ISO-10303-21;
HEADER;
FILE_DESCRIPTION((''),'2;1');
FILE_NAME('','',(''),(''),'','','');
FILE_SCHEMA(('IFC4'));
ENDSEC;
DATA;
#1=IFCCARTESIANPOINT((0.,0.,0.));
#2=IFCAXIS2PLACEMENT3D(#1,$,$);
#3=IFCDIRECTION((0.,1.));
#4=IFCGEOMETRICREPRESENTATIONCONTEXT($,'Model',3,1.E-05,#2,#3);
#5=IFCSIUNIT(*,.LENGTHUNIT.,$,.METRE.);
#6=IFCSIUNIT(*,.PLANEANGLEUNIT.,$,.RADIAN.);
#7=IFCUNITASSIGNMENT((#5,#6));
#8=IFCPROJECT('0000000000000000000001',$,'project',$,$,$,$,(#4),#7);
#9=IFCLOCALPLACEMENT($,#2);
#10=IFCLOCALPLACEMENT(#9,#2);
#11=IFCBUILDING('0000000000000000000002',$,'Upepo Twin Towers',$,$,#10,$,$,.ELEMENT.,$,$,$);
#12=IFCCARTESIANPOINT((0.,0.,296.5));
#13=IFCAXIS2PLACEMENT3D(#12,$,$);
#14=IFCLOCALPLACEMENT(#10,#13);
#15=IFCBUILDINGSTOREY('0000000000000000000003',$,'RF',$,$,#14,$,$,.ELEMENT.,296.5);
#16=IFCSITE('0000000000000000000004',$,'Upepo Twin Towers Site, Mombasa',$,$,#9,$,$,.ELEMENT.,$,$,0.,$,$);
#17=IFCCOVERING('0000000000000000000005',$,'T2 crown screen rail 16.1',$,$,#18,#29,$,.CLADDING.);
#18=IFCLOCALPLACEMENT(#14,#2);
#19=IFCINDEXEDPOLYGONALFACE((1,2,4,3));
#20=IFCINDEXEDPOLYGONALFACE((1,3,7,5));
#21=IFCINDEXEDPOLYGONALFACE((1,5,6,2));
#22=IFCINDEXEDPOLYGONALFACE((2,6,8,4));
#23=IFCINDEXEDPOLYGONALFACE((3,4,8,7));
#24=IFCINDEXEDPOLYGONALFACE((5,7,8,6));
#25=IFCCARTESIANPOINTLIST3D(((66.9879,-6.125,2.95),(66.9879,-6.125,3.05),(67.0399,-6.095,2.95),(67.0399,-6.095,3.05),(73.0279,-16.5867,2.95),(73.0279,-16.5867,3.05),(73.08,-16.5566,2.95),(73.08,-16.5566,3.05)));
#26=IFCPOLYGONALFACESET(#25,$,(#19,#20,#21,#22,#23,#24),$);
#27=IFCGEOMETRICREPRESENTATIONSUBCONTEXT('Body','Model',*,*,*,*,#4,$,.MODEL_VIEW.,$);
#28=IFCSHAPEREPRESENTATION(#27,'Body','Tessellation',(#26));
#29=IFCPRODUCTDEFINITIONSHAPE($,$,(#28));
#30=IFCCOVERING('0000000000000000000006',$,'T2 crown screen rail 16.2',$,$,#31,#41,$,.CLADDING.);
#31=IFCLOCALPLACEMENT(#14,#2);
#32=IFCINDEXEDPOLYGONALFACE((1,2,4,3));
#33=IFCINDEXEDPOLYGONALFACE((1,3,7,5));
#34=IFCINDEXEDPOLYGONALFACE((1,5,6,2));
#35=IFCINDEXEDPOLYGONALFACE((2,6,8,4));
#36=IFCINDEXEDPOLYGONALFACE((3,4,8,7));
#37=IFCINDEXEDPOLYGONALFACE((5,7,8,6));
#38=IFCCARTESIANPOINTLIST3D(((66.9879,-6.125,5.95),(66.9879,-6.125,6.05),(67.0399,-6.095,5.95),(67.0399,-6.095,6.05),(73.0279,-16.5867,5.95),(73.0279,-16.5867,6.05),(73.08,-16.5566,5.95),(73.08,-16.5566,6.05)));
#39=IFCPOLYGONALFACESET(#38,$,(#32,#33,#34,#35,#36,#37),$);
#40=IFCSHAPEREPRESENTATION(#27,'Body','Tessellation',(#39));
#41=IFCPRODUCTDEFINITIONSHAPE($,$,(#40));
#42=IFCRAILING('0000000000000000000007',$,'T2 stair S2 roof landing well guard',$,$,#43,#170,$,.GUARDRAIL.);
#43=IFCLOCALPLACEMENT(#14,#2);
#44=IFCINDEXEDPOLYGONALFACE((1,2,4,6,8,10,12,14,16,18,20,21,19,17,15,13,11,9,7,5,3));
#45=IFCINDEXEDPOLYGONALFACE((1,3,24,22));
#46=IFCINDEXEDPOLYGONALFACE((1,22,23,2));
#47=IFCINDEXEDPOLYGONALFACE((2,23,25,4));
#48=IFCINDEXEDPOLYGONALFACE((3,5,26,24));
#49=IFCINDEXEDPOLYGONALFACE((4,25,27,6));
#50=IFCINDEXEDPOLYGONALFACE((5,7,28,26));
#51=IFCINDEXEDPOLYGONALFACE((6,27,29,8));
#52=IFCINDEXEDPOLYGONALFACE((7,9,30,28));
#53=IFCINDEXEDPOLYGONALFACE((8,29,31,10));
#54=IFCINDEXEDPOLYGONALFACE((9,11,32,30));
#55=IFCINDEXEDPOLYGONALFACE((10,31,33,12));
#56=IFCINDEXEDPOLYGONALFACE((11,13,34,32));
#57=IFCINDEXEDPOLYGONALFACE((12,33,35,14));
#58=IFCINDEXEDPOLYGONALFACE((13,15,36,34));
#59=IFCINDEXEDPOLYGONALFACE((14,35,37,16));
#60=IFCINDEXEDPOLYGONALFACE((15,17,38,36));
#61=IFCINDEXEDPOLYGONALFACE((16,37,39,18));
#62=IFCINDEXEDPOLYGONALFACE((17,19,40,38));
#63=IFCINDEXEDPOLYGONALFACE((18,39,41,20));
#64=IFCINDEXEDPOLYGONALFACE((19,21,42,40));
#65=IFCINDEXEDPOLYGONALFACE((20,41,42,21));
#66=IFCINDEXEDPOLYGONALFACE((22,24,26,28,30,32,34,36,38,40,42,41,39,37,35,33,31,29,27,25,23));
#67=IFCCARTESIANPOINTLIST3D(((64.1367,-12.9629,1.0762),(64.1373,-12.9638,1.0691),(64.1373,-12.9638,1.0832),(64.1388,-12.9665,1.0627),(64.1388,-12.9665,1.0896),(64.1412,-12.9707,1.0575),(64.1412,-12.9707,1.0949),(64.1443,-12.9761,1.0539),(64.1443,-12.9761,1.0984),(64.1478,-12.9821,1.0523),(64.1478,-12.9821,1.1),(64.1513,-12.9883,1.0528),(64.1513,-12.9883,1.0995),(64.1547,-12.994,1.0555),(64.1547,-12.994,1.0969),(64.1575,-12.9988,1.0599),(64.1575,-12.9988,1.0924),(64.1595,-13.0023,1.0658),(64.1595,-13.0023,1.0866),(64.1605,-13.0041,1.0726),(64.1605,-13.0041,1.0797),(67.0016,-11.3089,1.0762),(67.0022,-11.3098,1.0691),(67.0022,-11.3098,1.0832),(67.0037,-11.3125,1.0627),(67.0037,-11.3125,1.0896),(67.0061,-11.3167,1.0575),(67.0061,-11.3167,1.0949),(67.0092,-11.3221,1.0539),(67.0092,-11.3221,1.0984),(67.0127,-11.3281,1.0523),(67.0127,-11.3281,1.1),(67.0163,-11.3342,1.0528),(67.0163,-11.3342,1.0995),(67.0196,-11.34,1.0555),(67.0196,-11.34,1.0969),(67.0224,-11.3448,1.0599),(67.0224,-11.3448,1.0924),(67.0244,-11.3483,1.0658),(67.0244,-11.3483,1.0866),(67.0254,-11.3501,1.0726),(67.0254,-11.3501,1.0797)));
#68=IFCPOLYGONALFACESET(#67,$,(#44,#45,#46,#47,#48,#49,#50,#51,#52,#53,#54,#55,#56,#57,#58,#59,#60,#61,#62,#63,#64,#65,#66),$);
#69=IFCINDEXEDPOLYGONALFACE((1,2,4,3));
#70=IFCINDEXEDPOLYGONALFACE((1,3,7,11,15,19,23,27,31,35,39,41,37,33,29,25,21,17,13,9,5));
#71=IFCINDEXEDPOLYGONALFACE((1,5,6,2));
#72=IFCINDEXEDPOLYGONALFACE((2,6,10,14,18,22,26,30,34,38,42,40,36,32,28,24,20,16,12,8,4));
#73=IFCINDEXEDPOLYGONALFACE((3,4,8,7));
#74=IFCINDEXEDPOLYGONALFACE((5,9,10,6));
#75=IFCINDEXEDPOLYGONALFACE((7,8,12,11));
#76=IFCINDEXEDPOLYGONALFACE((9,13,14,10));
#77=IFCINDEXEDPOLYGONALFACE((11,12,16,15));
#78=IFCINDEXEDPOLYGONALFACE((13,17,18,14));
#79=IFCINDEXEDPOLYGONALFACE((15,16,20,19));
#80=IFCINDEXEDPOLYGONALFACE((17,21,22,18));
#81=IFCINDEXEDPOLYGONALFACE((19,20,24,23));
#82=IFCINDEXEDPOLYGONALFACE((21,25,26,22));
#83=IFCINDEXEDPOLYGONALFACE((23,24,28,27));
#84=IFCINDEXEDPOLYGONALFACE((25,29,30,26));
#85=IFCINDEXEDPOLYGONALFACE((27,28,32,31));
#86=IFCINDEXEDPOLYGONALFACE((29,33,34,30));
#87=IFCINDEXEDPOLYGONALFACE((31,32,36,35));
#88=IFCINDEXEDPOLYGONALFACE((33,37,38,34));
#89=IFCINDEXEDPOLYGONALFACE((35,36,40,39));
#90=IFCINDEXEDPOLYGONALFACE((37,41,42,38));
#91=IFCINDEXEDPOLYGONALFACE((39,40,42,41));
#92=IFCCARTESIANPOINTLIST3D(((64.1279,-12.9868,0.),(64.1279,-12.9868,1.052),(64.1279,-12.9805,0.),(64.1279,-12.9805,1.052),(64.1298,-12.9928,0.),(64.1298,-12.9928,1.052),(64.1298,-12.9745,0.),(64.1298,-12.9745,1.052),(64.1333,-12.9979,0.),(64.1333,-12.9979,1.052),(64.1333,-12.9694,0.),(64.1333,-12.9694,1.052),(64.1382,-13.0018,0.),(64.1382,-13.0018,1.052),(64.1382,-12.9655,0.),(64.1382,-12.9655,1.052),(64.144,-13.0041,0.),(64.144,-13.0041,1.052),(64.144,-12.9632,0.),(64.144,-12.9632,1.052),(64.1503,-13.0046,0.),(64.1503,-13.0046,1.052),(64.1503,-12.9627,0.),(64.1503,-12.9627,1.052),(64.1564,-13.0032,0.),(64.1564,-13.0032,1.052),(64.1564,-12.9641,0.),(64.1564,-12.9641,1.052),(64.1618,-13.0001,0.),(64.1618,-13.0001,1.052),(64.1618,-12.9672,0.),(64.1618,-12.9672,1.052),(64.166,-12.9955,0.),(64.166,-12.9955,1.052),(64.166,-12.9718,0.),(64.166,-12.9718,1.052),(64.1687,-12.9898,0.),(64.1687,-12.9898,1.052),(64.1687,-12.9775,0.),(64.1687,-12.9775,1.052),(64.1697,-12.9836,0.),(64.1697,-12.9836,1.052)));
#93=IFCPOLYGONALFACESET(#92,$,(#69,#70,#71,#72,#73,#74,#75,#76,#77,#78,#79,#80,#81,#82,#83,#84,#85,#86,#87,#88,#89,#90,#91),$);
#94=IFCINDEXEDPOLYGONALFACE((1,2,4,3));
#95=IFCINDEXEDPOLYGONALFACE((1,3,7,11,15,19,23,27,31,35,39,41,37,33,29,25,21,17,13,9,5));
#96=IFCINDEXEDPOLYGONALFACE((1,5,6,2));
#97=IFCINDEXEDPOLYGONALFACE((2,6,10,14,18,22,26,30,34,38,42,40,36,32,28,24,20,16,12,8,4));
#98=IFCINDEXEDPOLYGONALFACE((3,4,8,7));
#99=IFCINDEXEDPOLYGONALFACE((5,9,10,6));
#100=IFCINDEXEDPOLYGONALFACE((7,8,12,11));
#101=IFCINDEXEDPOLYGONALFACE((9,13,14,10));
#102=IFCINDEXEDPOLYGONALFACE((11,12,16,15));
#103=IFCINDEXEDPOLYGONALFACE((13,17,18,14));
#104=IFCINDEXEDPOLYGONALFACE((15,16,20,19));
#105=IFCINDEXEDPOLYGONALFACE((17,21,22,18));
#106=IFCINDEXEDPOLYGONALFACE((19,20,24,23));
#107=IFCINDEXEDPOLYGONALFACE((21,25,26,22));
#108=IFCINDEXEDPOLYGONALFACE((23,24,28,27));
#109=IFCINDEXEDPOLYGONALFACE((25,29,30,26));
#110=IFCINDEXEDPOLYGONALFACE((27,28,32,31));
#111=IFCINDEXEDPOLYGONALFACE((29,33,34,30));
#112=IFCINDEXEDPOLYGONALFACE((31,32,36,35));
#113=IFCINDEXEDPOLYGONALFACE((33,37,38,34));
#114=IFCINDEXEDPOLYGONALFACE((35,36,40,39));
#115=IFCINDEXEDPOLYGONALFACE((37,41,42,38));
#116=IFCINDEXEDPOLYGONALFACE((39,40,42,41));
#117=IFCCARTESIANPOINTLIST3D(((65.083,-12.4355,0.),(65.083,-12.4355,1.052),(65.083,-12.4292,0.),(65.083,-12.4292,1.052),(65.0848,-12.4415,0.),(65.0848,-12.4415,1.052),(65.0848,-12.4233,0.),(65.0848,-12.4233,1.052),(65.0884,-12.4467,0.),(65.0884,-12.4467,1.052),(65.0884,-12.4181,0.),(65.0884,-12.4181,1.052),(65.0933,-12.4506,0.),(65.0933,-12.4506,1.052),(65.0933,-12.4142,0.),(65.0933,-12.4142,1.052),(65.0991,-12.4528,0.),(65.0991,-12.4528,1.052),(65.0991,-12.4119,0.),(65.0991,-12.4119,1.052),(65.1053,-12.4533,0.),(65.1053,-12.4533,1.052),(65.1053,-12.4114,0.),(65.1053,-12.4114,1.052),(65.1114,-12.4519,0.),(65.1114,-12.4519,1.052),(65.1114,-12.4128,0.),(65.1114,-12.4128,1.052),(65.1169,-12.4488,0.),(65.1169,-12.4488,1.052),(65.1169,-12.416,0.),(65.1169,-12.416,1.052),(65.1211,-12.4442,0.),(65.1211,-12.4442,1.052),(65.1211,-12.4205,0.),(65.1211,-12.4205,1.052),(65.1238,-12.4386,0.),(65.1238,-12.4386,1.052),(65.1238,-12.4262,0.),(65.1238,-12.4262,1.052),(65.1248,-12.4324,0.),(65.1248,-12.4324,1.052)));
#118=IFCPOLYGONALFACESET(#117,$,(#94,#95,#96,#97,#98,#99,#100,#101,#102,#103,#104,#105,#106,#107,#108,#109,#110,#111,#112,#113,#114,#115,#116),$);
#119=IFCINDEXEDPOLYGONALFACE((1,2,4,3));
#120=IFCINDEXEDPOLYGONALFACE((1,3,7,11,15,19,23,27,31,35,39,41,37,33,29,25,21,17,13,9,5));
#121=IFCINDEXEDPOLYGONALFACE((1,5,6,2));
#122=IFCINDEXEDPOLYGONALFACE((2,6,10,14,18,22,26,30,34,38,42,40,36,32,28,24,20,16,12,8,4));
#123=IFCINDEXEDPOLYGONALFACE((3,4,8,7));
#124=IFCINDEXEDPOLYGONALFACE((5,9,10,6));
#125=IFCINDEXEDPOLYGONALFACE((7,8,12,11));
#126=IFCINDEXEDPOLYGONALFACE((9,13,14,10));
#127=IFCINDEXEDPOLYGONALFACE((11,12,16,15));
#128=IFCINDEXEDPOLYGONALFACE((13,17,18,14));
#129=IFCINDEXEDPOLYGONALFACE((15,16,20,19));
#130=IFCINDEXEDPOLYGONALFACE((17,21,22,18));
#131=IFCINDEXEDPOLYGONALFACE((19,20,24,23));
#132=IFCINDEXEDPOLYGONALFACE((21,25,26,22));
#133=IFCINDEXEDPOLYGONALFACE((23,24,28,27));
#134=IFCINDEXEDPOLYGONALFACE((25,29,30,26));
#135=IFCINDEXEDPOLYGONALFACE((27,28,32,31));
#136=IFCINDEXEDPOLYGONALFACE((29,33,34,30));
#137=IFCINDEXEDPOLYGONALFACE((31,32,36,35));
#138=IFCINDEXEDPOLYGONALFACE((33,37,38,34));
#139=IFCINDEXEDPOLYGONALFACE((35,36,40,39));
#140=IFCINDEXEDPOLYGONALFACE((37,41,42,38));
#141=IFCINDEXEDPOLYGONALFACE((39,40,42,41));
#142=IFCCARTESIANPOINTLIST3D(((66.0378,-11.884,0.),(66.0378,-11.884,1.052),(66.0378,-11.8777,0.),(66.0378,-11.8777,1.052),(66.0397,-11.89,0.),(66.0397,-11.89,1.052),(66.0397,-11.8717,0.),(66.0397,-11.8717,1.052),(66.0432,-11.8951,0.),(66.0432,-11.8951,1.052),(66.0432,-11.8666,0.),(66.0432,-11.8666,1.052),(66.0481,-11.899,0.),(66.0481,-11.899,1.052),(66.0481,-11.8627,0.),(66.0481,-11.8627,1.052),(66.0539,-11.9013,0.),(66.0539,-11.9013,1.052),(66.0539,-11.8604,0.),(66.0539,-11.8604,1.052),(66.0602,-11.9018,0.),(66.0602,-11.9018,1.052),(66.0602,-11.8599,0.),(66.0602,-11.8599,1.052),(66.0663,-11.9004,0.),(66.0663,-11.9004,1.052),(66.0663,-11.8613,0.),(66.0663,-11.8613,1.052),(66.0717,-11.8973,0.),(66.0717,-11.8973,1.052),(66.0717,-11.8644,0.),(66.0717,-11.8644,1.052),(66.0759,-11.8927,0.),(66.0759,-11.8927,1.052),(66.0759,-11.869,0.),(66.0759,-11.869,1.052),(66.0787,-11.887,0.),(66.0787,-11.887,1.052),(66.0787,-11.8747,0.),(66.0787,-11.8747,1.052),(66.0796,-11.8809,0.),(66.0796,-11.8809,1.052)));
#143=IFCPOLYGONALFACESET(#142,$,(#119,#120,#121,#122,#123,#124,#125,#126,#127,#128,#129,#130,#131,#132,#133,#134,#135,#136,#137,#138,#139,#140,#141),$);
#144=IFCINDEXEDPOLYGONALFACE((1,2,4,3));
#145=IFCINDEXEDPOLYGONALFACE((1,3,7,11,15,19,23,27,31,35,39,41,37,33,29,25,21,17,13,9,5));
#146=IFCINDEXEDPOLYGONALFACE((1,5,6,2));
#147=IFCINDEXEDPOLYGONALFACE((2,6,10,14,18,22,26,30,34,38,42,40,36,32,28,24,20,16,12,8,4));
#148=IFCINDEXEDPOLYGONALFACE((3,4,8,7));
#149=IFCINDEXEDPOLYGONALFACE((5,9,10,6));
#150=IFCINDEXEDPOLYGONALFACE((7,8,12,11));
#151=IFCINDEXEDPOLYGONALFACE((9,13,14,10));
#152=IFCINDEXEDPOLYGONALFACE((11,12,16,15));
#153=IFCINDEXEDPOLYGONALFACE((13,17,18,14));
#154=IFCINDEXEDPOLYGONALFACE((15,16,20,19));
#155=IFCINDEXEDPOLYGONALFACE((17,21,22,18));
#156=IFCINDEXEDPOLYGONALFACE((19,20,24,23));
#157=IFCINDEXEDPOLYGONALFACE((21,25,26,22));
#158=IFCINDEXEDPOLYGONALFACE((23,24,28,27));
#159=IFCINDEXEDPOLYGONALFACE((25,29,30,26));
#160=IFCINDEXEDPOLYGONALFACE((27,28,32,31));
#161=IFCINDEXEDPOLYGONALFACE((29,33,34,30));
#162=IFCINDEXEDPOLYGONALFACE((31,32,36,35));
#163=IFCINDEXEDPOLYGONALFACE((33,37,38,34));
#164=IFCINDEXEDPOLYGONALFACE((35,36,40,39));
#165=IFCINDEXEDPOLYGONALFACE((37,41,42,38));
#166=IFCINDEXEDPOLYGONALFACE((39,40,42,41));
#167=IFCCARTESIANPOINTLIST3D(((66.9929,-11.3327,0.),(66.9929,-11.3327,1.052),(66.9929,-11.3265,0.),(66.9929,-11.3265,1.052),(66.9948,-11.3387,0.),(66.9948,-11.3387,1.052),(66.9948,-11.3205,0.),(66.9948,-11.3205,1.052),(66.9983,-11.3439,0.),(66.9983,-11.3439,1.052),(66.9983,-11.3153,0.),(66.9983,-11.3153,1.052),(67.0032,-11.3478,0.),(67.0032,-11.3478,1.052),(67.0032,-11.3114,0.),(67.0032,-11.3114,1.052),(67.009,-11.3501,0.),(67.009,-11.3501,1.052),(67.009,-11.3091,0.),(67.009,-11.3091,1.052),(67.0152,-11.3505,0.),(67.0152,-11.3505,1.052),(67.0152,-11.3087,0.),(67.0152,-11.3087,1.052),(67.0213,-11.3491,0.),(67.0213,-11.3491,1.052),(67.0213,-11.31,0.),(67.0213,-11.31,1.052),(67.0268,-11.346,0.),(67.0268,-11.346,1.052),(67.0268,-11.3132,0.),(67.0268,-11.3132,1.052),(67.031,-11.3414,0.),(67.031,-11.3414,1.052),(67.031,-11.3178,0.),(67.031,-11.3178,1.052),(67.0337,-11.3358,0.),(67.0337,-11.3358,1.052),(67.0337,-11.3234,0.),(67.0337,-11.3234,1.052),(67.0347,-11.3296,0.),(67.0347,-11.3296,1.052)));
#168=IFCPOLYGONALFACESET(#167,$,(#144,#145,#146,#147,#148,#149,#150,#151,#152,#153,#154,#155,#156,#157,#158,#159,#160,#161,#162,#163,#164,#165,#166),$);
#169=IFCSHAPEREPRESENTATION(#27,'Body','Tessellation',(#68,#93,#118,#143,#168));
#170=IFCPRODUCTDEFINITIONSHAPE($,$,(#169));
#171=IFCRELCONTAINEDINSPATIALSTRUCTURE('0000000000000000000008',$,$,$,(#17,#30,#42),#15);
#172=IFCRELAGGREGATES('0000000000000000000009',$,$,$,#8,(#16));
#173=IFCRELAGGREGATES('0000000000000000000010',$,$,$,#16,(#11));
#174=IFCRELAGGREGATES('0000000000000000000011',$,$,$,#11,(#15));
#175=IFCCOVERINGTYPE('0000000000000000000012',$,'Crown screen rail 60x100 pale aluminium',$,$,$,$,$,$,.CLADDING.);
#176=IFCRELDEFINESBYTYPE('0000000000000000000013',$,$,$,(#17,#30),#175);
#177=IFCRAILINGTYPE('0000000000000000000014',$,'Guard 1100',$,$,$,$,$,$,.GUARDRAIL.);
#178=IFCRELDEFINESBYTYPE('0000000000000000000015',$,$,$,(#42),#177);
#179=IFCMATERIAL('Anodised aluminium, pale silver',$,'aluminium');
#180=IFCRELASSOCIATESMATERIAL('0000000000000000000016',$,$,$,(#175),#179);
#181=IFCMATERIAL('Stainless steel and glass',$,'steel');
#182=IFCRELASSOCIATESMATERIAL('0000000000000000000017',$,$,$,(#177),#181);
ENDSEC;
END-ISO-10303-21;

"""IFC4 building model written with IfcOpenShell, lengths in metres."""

from ifc_helpers import new_model, si_unit, direction, frame, origin, origin_2d, place, context, subcontext, project, spatial, rectangle, circle, extrude, material, type_object, element, save


model = new_model("IFC4")

# Units and contexts
model_context = context("Model", 3, precision=1e-05, world=origin(), true_north=direction((0.0, 1.0)))
body_context = subcontext(model_context, "Body", "Model", "MODEL_VIEW")
ifc_project = project(units=[si_unit("LENGTHUNIT", "METRE"), si_unit("PLANEANGLEUNIT", "RADIAN")], contexts=[model_context])

# Site, building, storey
site_placement = place(None, origin())
site = spatial("IfcSite", under=ifc_project, at=site_placement, Name="Upepo Twin Towers Site, Mombasa", CompositionType="ELEMENT", RefElevation=0.0)
building_placement = place(site_placement, origin())
building = spatial("IfcBuilding", under=site, at=building_placement, Name="Upepo Twin Towers", CompositionType="ELEMENT")
storey_placement = place(building_placement, frame((0.0, 0.0, 296.5)))
storey = spatial("IfcBuildingStorey", under=building, at=storey_placement, Name="RF", CompositionType="ELEMENT", Elevation=296.5)

# Coverings
ifc_material_1 = material(Name="Anodised aluminium, pale silver", Category="aluminium")
covering_type_1 = type_object("IfcCoveringType", Name="Crown screen rail 60x100 pale aluminium", PredefinedType="CLADDING", material=ifc_material_1)
for number, where, z_axis, x_axis, name in (
    (1, (70.0339, -11.3408, 2.95), (0.0, 0.0, 1.0), (-0.5, 0.866025, 0.0), "T2 crown screen rail 16.1"),
    (2, (70.0339, -11.3408, 5.95), (0.0, 0.0, 1.0), (-0.5, 0.866025, 0.0), "T2 crown screen rail 16.2"),
):
    element("IfcCovering", number, at=place(storey_placement, frame(where, z_axis=z_axis, x_axis=x_axis)), inside=storey, type_object=covering_type_1, Name=name, PredefinedType="CLADDING", context=body_context, shape_type="SweptSolid", body=[
        extrude(rectangle(XDim=12.0801, YDim=0.0601, at=origin_2d()), origin(), (0.0, 0.0, 1.0), 0.1001),
    ])

# Railing
ifc_material_2 = material(Name="Stainless steel and glass", Category="steel")
railing_type_1 = type_object("IfcRailingType", Name="Guard 1100", PredefinedType="GUARDRAIL", material=ifc_material_2)
railing_1_placement = place(storey_placement, frame((64.1487, -12.9836, 0.0)))
element("IfcRailing", 3, at=railing_1_placement, inside=storey, type_object=railing_type_1, Name="T2 stair S2 roof landing well guard", PredefinedType="GUARDRAIL", context=body_context, shape_type="SweptSolid", body=[
    extrude(circle(Radius=0.0239, at=origin_2d()), frame((0.0, 0.0, 1.0762), z_axis=(0.866032, 0.499989, 0.0), x_axis=(-0.499989, 0.866032, 0.0)), (0.0, 0.0, 1.0), 3.3081),
    extrude(circle(Radius=0.021, at=origin_2d()), origin(), (0.0, 0.0, 1.0), 1.052),
    extrude(circle(Radius=0.021, at=origin_2d()), frame((0.9551, 0.5513, 0.0)), (0.0, 0.0, 1.0), 1.052),
    extrude(circle(Radius=0.021, at=origin_2d()), frame((1.9099, 1.1028, 0.0)), (0.0, 0.0, 1.0), 1.052),
    extrude(circle(Radius=0.021, at=origin_2d()), frame((2.865, 1.6541, 0.0)), (0.0, 0.0, 1.0), 1.052),
])

save(model, "model.ifc")
